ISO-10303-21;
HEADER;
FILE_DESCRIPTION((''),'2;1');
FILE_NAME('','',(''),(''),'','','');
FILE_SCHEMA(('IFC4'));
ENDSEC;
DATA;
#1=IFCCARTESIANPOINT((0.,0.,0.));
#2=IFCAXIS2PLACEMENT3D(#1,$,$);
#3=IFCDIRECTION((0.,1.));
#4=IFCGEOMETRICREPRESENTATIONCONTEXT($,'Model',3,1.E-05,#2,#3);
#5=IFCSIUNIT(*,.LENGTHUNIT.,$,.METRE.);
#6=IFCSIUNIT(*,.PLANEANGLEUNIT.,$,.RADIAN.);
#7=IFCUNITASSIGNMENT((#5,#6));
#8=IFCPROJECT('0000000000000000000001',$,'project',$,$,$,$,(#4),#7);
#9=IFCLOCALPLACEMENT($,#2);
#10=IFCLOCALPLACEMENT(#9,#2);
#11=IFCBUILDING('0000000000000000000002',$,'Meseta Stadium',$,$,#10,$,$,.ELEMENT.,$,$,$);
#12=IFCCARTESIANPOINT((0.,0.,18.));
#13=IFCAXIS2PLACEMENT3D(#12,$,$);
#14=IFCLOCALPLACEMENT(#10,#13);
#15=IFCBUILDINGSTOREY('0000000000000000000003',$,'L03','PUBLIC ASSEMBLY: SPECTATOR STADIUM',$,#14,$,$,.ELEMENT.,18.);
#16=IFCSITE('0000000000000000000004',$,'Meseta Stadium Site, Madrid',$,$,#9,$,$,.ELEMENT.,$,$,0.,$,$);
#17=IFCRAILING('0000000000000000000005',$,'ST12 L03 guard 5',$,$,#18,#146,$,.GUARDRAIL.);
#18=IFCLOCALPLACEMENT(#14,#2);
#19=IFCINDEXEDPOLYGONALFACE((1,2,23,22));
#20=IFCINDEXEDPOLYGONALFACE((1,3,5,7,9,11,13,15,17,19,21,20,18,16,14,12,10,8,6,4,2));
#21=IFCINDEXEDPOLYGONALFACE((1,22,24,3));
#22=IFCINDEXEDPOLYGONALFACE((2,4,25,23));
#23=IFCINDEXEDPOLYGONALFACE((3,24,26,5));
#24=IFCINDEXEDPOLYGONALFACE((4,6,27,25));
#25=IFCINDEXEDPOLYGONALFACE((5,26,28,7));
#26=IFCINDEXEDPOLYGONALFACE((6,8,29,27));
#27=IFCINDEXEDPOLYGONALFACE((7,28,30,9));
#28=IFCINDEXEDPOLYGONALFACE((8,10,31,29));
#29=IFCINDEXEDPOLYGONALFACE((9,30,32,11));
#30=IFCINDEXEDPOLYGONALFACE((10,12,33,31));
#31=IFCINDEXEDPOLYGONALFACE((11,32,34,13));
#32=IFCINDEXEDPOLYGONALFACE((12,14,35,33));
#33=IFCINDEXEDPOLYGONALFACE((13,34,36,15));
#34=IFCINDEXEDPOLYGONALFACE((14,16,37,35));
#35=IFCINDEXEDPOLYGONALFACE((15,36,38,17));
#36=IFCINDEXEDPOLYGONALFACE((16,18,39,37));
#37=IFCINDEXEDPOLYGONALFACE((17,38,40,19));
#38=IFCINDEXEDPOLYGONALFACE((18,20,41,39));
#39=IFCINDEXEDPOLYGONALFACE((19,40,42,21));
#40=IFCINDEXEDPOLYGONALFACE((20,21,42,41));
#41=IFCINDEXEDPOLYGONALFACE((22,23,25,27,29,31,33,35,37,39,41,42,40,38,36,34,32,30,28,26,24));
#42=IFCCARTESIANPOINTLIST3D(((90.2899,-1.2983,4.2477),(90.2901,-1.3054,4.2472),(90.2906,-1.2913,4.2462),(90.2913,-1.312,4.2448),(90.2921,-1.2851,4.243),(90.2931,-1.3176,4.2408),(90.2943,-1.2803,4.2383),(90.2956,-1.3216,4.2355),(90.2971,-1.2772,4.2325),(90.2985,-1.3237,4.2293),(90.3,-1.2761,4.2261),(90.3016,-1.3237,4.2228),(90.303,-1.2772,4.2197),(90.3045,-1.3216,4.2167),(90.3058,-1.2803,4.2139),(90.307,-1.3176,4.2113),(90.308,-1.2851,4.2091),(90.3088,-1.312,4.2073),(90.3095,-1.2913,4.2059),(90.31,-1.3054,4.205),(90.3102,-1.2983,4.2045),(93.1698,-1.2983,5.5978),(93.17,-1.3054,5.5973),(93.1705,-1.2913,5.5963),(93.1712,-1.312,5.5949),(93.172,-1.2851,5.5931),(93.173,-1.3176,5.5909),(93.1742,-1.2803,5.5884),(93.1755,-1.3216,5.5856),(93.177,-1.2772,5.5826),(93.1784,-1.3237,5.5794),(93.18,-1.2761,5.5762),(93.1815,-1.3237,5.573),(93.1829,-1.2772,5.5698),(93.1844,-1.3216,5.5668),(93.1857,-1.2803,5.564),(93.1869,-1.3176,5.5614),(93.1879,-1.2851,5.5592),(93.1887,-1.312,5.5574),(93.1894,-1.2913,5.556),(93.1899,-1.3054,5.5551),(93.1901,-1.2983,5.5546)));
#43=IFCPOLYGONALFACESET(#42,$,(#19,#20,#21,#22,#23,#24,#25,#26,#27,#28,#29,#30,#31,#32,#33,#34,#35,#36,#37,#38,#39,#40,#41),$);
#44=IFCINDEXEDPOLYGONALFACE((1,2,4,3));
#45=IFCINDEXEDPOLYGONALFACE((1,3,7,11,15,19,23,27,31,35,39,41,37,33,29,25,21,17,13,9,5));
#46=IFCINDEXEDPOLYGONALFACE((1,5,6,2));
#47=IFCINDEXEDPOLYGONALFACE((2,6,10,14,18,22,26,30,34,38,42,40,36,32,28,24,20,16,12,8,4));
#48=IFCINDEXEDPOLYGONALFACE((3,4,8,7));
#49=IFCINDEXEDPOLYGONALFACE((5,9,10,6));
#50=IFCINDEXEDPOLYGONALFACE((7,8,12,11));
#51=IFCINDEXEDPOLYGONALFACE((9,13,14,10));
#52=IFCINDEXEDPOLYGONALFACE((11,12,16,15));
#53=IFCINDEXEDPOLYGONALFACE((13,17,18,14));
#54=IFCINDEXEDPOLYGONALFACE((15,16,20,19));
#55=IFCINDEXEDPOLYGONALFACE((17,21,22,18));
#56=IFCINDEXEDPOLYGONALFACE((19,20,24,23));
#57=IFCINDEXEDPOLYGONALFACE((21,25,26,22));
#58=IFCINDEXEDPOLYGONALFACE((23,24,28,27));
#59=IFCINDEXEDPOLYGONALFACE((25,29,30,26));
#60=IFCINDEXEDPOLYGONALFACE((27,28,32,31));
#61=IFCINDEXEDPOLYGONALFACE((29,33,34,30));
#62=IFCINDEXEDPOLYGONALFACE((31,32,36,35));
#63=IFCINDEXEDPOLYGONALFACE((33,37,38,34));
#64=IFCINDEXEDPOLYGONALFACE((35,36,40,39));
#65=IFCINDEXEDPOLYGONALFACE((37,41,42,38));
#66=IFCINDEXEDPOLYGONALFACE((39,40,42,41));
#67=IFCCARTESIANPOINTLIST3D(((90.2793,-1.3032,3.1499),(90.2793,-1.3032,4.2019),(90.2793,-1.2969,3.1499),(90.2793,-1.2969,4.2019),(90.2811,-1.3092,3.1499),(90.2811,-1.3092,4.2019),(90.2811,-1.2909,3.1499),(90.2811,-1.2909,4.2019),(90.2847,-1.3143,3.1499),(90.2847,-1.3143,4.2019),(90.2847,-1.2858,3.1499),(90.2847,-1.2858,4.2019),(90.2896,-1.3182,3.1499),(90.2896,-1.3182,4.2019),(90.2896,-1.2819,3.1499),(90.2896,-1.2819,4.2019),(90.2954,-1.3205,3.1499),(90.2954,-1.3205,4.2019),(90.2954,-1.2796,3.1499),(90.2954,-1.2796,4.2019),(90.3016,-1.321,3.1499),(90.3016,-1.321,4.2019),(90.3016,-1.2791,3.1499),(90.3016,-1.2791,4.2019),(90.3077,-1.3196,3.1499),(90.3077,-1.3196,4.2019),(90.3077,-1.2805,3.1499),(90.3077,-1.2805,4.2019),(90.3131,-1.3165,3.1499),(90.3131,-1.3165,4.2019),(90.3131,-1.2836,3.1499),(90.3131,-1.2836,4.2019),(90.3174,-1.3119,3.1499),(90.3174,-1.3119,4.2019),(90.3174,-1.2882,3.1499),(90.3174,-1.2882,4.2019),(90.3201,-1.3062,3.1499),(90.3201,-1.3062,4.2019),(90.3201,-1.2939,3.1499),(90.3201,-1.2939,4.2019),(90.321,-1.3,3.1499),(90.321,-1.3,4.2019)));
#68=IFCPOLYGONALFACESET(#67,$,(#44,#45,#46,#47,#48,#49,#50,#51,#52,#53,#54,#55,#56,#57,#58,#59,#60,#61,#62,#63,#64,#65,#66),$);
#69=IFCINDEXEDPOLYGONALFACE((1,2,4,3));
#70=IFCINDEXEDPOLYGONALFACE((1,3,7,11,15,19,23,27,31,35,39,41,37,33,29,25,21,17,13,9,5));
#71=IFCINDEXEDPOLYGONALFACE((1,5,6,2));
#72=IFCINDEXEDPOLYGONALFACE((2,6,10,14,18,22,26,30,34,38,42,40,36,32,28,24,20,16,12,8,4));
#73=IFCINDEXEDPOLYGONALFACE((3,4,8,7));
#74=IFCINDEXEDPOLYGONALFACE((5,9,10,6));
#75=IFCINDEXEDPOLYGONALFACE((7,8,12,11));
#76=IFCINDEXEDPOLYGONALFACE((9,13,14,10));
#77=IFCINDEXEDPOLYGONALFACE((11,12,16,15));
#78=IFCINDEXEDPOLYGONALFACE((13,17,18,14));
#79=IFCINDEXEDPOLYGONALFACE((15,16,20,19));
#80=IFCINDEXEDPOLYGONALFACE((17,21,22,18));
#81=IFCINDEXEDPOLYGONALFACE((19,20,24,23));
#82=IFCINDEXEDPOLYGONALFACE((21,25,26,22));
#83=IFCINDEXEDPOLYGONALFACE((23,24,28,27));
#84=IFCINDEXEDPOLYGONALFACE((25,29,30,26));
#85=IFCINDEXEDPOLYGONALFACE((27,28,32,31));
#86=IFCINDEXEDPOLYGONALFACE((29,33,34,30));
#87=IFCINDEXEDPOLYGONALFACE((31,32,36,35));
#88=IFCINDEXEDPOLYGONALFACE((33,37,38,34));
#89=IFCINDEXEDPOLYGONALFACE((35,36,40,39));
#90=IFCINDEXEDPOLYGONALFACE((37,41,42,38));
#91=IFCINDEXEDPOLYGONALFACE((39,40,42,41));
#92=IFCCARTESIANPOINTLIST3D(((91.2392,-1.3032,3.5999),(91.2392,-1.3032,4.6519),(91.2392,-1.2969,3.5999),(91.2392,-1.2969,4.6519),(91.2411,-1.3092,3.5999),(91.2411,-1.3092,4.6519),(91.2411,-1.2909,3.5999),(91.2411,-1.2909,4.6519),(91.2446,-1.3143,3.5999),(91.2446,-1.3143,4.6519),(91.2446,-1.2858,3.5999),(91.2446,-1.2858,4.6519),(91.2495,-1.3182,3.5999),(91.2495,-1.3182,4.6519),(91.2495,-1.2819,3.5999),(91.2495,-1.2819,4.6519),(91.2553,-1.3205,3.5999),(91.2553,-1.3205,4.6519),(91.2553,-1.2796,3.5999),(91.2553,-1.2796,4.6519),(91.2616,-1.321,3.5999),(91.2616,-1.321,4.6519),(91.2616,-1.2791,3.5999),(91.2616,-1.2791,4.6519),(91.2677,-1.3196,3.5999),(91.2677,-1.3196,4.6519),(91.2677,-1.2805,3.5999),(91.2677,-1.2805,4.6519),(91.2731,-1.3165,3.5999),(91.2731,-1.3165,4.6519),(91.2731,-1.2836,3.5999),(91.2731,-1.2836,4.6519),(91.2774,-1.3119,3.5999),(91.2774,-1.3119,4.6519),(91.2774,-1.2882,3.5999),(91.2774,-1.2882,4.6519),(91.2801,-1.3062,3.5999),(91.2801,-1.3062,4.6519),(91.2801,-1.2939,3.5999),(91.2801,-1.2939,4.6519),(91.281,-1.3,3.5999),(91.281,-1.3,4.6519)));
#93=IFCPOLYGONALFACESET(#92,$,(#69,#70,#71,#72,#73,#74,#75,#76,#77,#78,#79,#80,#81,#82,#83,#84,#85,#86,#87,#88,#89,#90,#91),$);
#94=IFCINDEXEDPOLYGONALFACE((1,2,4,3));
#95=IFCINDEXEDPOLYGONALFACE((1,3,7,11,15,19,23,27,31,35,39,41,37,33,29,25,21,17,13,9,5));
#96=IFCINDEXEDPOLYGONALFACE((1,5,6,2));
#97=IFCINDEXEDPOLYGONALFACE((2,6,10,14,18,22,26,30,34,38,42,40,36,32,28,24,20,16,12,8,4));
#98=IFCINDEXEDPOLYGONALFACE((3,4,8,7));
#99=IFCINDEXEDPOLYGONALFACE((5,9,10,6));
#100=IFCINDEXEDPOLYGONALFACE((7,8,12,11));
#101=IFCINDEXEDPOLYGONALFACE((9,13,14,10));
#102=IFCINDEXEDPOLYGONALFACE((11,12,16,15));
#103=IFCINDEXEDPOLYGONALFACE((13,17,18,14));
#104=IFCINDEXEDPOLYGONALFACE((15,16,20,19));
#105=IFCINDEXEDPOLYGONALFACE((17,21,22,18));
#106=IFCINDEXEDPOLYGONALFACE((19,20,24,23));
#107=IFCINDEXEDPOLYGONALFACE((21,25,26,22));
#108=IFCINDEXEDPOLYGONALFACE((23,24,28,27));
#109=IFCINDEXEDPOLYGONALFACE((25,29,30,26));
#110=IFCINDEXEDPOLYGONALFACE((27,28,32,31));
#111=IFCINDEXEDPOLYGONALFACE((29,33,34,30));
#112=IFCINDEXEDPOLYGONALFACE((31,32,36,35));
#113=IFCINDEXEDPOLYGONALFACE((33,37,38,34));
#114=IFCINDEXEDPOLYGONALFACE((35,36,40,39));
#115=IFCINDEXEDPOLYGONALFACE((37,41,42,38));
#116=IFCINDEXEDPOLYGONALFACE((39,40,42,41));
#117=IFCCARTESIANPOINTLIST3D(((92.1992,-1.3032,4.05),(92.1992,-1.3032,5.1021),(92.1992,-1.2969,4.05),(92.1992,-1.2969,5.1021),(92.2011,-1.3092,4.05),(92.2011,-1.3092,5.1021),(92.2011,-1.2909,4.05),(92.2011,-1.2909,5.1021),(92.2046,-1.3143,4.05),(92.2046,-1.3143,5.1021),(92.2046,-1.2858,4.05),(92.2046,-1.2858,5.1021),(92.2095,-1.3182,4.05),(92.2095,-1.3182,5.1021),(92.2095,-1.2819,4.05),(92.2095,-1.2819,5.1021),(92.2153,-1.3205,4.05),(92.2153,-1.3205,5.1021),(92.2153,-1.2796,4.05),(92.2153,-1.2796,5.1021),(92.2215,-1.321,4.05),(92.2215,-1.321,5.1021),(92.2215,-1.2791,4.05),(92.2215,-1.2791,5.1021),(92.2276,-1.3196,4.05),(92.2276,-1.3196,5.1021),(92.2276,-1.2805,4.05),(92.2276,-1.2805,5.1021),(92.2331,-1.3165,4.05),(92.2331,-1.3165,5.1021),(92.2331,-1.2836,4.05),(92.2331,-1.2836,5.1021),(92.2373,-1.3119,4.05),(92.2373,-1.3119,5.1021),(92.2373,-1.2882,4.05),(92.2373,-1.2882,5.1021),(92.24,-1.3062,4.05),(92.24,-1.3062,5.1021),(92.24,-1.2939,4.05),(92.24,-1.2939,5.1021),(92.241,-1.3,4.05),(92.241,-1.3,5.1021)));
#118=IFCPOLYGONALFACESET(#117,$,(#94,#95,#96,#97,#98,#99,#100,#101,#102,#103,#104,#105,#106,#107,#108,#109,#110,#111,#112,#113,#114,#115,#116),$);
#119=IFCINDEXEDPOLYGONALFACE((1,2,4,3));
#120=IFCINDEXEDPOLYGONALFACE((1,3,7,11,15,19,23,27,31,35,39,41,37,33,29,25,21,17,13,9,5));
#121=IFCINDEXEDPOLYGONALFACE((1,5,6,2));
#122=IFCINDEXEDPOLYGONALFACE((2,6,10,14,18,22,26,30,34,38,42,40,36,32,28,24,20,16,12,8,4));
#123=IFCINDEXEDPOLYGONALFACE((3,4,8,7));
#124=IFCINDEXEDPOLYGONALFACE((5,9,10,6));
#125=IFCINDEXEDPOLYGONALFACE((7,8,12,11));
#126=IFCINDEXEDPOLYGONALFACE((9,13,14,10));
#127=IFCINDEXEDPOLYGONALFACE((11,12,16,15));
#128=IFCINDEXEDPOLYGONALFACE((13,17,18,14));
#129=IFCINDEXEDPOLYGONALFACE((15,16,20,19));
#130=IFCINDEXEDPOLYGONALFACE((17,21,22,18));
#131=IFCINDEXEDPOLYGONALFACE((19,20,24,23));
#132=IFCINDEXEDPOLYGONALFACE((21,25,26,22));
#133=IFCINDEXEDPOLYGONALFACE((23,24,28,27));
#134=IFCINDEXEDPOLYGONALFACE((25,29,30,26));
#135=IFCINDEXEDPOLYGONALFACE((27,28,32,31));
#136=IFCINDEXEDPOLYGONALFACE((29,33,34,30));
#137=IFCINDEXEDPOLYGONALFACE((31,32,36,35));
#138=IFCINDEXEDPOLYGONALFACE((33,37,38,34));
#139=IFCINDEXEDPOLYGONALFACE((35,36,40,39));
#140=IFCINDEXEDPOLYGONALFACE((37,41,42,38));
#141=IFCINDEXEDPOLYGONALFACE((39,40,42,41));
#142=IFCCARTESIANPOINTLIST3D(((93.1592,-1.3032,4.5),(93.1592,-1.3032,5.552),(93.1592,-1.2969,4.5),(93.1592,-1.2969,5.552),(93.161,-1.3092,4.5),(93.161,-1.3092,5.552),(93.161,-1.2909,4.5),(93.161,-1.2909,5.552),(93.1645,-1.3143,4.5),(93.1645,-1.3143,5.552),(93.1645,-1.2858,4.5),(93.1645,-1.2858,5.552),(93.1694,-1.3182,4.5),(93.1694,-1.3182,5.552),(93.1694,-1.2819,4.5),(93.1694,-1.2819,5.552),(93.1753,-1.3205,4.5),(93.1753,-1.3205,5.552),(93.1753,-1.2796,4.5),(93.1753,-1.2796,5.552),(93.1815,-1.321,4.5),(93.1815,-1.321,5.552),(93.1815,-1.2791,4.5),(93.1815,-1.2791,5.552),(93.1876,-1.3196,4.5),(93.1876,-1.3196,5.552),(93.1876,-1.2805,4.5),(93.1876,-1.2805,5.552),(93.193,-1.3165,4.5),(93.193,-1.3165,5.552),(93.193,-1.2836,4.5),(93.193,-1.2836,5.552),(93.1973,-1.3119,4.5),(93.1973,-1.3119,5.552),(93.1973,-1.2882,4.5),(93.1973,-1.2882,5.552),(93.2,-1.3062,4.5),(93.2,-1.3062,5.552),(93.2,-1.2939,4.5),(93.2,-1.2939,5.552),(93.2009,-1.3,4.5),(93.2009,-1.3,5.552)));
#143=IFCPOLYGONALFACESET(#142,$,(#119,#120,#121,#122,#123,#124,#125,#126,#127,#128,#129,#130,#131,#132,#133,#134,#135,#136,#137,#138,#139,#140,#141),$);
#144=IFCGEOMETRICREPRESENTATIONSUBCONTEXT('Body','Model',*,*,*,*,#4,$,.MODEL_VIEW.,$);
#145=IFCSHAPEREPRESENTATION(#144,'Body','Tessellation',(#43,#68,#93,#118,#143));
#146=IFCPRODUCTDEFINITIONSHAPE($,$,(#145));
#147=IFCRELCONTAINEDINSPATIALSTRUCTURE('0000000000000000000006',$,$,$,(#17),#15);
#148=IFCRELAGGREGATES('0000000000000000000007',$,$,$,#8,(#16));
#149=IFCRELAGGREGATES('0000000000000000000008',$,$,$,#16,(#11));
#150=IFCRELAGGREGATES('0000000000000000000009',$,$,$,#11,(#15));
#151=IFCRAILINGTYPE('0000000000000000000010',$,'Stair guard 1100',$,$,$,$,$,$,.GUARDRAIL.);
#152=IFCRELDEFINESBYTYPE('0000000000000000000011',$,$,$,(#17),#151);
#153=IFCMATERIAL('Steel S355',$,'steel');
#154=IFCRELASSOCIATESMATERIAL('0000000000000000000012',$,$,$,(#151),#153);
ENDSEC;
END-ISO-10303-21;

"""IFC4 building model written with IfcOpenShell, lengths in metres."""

from ifc_helpers import new_model, si_unit, direction, frame, origin, origin_2d, place, context, subcontext, project, spatial, circle, extrude, material, type_object, element, save


model = new_model("IFC4")

# Units and contexts
model_context = context("Model", 3, precision=1e-05, world=origin(), true_north=direction((0.0, 1.0)))
body_context = subcontext(model_context, "Body", "Model", "MODEL_VIEW")
ifc_project = project(units=[si_unit("LENGTHUNIT", "METRE"), si_unit("PLANEANGLEUNIT", "RADIAN")], contexts=[model_context])

# Site, building, storey
site_placement = place(None, origin())
site = spatial("IfcSite", under=ifc_project, at=site_placement, Name="Meseta Stadium Site, Madrid", CompositionType="ELEMENT", RefElevation=0.0)
building_placement = place(site_placement, origin())
building = spatial("IfcBuilding", under=site, at=building_placement, Name="Meseta Stadium", CompositionType="ELEMENT")
storey_placement = place(building_placement, frame((0.0, 0.0, 18.0)))
storey = spatial("IfcBuildingStorey", under=building, at=storey_placement, Name="L03", Description="PUBLIC ASSEMBLY: SPECTATOR STADIUM", CompositionType="ELEMENT", Elevation=18.0)

# Railing
ifc_material_1 = material(Name="Steel S355", Category="steel")
railing_type_1 = type_object("IfcRailingType", Name="Stair guard 1100", PredefinedType="GUARDRAIL", material=ifc_material_1)
railing_1_placement = place(storey_placement, frame((90.3, -1.3, 3.1499)))
element("IfcRailing", 1, at=railing_1_placement, inside=storey, type_object=railing_type_1, Name="ST12 L03 guard 5", PredefinedType="GUARDRAIL", context=body_context, shape_type="SweptSolid", body=[
    extrude(circle(Radius=0.0239, at=origin_2d()), frame((0.0, 0.0, 1.0762), z_axis=(0.90544, 0.0, 0.424473), x_axis=(0.0, 1.0, 0.0)), (0.0, 0.0, 1.0), 3.1807),
    extrude(circle(Radius=0.021, at=origin_2d()), origin(), (0.0, 0.0, 1.0), 1.052),
    extrude(circle(Radius=0.021, at=origin_2d()), frame((0.96, 0.0, 0.45)), (0.0, 0.0, 1.0), 1.052),
    extrude(circle(Radius=0.021, at=origin_2d()), frame((1.9199, 0.0, 0.9001)), (0.0, 0.0, 1.0), 1.052),
    extrude(circle(Radius=0.021, at=origin_2d()), frame((2.8799, 0.0, 1.3501)), (0.0, 0.0, 1.0), 1.052),
])

save(model, "model.ifc")
